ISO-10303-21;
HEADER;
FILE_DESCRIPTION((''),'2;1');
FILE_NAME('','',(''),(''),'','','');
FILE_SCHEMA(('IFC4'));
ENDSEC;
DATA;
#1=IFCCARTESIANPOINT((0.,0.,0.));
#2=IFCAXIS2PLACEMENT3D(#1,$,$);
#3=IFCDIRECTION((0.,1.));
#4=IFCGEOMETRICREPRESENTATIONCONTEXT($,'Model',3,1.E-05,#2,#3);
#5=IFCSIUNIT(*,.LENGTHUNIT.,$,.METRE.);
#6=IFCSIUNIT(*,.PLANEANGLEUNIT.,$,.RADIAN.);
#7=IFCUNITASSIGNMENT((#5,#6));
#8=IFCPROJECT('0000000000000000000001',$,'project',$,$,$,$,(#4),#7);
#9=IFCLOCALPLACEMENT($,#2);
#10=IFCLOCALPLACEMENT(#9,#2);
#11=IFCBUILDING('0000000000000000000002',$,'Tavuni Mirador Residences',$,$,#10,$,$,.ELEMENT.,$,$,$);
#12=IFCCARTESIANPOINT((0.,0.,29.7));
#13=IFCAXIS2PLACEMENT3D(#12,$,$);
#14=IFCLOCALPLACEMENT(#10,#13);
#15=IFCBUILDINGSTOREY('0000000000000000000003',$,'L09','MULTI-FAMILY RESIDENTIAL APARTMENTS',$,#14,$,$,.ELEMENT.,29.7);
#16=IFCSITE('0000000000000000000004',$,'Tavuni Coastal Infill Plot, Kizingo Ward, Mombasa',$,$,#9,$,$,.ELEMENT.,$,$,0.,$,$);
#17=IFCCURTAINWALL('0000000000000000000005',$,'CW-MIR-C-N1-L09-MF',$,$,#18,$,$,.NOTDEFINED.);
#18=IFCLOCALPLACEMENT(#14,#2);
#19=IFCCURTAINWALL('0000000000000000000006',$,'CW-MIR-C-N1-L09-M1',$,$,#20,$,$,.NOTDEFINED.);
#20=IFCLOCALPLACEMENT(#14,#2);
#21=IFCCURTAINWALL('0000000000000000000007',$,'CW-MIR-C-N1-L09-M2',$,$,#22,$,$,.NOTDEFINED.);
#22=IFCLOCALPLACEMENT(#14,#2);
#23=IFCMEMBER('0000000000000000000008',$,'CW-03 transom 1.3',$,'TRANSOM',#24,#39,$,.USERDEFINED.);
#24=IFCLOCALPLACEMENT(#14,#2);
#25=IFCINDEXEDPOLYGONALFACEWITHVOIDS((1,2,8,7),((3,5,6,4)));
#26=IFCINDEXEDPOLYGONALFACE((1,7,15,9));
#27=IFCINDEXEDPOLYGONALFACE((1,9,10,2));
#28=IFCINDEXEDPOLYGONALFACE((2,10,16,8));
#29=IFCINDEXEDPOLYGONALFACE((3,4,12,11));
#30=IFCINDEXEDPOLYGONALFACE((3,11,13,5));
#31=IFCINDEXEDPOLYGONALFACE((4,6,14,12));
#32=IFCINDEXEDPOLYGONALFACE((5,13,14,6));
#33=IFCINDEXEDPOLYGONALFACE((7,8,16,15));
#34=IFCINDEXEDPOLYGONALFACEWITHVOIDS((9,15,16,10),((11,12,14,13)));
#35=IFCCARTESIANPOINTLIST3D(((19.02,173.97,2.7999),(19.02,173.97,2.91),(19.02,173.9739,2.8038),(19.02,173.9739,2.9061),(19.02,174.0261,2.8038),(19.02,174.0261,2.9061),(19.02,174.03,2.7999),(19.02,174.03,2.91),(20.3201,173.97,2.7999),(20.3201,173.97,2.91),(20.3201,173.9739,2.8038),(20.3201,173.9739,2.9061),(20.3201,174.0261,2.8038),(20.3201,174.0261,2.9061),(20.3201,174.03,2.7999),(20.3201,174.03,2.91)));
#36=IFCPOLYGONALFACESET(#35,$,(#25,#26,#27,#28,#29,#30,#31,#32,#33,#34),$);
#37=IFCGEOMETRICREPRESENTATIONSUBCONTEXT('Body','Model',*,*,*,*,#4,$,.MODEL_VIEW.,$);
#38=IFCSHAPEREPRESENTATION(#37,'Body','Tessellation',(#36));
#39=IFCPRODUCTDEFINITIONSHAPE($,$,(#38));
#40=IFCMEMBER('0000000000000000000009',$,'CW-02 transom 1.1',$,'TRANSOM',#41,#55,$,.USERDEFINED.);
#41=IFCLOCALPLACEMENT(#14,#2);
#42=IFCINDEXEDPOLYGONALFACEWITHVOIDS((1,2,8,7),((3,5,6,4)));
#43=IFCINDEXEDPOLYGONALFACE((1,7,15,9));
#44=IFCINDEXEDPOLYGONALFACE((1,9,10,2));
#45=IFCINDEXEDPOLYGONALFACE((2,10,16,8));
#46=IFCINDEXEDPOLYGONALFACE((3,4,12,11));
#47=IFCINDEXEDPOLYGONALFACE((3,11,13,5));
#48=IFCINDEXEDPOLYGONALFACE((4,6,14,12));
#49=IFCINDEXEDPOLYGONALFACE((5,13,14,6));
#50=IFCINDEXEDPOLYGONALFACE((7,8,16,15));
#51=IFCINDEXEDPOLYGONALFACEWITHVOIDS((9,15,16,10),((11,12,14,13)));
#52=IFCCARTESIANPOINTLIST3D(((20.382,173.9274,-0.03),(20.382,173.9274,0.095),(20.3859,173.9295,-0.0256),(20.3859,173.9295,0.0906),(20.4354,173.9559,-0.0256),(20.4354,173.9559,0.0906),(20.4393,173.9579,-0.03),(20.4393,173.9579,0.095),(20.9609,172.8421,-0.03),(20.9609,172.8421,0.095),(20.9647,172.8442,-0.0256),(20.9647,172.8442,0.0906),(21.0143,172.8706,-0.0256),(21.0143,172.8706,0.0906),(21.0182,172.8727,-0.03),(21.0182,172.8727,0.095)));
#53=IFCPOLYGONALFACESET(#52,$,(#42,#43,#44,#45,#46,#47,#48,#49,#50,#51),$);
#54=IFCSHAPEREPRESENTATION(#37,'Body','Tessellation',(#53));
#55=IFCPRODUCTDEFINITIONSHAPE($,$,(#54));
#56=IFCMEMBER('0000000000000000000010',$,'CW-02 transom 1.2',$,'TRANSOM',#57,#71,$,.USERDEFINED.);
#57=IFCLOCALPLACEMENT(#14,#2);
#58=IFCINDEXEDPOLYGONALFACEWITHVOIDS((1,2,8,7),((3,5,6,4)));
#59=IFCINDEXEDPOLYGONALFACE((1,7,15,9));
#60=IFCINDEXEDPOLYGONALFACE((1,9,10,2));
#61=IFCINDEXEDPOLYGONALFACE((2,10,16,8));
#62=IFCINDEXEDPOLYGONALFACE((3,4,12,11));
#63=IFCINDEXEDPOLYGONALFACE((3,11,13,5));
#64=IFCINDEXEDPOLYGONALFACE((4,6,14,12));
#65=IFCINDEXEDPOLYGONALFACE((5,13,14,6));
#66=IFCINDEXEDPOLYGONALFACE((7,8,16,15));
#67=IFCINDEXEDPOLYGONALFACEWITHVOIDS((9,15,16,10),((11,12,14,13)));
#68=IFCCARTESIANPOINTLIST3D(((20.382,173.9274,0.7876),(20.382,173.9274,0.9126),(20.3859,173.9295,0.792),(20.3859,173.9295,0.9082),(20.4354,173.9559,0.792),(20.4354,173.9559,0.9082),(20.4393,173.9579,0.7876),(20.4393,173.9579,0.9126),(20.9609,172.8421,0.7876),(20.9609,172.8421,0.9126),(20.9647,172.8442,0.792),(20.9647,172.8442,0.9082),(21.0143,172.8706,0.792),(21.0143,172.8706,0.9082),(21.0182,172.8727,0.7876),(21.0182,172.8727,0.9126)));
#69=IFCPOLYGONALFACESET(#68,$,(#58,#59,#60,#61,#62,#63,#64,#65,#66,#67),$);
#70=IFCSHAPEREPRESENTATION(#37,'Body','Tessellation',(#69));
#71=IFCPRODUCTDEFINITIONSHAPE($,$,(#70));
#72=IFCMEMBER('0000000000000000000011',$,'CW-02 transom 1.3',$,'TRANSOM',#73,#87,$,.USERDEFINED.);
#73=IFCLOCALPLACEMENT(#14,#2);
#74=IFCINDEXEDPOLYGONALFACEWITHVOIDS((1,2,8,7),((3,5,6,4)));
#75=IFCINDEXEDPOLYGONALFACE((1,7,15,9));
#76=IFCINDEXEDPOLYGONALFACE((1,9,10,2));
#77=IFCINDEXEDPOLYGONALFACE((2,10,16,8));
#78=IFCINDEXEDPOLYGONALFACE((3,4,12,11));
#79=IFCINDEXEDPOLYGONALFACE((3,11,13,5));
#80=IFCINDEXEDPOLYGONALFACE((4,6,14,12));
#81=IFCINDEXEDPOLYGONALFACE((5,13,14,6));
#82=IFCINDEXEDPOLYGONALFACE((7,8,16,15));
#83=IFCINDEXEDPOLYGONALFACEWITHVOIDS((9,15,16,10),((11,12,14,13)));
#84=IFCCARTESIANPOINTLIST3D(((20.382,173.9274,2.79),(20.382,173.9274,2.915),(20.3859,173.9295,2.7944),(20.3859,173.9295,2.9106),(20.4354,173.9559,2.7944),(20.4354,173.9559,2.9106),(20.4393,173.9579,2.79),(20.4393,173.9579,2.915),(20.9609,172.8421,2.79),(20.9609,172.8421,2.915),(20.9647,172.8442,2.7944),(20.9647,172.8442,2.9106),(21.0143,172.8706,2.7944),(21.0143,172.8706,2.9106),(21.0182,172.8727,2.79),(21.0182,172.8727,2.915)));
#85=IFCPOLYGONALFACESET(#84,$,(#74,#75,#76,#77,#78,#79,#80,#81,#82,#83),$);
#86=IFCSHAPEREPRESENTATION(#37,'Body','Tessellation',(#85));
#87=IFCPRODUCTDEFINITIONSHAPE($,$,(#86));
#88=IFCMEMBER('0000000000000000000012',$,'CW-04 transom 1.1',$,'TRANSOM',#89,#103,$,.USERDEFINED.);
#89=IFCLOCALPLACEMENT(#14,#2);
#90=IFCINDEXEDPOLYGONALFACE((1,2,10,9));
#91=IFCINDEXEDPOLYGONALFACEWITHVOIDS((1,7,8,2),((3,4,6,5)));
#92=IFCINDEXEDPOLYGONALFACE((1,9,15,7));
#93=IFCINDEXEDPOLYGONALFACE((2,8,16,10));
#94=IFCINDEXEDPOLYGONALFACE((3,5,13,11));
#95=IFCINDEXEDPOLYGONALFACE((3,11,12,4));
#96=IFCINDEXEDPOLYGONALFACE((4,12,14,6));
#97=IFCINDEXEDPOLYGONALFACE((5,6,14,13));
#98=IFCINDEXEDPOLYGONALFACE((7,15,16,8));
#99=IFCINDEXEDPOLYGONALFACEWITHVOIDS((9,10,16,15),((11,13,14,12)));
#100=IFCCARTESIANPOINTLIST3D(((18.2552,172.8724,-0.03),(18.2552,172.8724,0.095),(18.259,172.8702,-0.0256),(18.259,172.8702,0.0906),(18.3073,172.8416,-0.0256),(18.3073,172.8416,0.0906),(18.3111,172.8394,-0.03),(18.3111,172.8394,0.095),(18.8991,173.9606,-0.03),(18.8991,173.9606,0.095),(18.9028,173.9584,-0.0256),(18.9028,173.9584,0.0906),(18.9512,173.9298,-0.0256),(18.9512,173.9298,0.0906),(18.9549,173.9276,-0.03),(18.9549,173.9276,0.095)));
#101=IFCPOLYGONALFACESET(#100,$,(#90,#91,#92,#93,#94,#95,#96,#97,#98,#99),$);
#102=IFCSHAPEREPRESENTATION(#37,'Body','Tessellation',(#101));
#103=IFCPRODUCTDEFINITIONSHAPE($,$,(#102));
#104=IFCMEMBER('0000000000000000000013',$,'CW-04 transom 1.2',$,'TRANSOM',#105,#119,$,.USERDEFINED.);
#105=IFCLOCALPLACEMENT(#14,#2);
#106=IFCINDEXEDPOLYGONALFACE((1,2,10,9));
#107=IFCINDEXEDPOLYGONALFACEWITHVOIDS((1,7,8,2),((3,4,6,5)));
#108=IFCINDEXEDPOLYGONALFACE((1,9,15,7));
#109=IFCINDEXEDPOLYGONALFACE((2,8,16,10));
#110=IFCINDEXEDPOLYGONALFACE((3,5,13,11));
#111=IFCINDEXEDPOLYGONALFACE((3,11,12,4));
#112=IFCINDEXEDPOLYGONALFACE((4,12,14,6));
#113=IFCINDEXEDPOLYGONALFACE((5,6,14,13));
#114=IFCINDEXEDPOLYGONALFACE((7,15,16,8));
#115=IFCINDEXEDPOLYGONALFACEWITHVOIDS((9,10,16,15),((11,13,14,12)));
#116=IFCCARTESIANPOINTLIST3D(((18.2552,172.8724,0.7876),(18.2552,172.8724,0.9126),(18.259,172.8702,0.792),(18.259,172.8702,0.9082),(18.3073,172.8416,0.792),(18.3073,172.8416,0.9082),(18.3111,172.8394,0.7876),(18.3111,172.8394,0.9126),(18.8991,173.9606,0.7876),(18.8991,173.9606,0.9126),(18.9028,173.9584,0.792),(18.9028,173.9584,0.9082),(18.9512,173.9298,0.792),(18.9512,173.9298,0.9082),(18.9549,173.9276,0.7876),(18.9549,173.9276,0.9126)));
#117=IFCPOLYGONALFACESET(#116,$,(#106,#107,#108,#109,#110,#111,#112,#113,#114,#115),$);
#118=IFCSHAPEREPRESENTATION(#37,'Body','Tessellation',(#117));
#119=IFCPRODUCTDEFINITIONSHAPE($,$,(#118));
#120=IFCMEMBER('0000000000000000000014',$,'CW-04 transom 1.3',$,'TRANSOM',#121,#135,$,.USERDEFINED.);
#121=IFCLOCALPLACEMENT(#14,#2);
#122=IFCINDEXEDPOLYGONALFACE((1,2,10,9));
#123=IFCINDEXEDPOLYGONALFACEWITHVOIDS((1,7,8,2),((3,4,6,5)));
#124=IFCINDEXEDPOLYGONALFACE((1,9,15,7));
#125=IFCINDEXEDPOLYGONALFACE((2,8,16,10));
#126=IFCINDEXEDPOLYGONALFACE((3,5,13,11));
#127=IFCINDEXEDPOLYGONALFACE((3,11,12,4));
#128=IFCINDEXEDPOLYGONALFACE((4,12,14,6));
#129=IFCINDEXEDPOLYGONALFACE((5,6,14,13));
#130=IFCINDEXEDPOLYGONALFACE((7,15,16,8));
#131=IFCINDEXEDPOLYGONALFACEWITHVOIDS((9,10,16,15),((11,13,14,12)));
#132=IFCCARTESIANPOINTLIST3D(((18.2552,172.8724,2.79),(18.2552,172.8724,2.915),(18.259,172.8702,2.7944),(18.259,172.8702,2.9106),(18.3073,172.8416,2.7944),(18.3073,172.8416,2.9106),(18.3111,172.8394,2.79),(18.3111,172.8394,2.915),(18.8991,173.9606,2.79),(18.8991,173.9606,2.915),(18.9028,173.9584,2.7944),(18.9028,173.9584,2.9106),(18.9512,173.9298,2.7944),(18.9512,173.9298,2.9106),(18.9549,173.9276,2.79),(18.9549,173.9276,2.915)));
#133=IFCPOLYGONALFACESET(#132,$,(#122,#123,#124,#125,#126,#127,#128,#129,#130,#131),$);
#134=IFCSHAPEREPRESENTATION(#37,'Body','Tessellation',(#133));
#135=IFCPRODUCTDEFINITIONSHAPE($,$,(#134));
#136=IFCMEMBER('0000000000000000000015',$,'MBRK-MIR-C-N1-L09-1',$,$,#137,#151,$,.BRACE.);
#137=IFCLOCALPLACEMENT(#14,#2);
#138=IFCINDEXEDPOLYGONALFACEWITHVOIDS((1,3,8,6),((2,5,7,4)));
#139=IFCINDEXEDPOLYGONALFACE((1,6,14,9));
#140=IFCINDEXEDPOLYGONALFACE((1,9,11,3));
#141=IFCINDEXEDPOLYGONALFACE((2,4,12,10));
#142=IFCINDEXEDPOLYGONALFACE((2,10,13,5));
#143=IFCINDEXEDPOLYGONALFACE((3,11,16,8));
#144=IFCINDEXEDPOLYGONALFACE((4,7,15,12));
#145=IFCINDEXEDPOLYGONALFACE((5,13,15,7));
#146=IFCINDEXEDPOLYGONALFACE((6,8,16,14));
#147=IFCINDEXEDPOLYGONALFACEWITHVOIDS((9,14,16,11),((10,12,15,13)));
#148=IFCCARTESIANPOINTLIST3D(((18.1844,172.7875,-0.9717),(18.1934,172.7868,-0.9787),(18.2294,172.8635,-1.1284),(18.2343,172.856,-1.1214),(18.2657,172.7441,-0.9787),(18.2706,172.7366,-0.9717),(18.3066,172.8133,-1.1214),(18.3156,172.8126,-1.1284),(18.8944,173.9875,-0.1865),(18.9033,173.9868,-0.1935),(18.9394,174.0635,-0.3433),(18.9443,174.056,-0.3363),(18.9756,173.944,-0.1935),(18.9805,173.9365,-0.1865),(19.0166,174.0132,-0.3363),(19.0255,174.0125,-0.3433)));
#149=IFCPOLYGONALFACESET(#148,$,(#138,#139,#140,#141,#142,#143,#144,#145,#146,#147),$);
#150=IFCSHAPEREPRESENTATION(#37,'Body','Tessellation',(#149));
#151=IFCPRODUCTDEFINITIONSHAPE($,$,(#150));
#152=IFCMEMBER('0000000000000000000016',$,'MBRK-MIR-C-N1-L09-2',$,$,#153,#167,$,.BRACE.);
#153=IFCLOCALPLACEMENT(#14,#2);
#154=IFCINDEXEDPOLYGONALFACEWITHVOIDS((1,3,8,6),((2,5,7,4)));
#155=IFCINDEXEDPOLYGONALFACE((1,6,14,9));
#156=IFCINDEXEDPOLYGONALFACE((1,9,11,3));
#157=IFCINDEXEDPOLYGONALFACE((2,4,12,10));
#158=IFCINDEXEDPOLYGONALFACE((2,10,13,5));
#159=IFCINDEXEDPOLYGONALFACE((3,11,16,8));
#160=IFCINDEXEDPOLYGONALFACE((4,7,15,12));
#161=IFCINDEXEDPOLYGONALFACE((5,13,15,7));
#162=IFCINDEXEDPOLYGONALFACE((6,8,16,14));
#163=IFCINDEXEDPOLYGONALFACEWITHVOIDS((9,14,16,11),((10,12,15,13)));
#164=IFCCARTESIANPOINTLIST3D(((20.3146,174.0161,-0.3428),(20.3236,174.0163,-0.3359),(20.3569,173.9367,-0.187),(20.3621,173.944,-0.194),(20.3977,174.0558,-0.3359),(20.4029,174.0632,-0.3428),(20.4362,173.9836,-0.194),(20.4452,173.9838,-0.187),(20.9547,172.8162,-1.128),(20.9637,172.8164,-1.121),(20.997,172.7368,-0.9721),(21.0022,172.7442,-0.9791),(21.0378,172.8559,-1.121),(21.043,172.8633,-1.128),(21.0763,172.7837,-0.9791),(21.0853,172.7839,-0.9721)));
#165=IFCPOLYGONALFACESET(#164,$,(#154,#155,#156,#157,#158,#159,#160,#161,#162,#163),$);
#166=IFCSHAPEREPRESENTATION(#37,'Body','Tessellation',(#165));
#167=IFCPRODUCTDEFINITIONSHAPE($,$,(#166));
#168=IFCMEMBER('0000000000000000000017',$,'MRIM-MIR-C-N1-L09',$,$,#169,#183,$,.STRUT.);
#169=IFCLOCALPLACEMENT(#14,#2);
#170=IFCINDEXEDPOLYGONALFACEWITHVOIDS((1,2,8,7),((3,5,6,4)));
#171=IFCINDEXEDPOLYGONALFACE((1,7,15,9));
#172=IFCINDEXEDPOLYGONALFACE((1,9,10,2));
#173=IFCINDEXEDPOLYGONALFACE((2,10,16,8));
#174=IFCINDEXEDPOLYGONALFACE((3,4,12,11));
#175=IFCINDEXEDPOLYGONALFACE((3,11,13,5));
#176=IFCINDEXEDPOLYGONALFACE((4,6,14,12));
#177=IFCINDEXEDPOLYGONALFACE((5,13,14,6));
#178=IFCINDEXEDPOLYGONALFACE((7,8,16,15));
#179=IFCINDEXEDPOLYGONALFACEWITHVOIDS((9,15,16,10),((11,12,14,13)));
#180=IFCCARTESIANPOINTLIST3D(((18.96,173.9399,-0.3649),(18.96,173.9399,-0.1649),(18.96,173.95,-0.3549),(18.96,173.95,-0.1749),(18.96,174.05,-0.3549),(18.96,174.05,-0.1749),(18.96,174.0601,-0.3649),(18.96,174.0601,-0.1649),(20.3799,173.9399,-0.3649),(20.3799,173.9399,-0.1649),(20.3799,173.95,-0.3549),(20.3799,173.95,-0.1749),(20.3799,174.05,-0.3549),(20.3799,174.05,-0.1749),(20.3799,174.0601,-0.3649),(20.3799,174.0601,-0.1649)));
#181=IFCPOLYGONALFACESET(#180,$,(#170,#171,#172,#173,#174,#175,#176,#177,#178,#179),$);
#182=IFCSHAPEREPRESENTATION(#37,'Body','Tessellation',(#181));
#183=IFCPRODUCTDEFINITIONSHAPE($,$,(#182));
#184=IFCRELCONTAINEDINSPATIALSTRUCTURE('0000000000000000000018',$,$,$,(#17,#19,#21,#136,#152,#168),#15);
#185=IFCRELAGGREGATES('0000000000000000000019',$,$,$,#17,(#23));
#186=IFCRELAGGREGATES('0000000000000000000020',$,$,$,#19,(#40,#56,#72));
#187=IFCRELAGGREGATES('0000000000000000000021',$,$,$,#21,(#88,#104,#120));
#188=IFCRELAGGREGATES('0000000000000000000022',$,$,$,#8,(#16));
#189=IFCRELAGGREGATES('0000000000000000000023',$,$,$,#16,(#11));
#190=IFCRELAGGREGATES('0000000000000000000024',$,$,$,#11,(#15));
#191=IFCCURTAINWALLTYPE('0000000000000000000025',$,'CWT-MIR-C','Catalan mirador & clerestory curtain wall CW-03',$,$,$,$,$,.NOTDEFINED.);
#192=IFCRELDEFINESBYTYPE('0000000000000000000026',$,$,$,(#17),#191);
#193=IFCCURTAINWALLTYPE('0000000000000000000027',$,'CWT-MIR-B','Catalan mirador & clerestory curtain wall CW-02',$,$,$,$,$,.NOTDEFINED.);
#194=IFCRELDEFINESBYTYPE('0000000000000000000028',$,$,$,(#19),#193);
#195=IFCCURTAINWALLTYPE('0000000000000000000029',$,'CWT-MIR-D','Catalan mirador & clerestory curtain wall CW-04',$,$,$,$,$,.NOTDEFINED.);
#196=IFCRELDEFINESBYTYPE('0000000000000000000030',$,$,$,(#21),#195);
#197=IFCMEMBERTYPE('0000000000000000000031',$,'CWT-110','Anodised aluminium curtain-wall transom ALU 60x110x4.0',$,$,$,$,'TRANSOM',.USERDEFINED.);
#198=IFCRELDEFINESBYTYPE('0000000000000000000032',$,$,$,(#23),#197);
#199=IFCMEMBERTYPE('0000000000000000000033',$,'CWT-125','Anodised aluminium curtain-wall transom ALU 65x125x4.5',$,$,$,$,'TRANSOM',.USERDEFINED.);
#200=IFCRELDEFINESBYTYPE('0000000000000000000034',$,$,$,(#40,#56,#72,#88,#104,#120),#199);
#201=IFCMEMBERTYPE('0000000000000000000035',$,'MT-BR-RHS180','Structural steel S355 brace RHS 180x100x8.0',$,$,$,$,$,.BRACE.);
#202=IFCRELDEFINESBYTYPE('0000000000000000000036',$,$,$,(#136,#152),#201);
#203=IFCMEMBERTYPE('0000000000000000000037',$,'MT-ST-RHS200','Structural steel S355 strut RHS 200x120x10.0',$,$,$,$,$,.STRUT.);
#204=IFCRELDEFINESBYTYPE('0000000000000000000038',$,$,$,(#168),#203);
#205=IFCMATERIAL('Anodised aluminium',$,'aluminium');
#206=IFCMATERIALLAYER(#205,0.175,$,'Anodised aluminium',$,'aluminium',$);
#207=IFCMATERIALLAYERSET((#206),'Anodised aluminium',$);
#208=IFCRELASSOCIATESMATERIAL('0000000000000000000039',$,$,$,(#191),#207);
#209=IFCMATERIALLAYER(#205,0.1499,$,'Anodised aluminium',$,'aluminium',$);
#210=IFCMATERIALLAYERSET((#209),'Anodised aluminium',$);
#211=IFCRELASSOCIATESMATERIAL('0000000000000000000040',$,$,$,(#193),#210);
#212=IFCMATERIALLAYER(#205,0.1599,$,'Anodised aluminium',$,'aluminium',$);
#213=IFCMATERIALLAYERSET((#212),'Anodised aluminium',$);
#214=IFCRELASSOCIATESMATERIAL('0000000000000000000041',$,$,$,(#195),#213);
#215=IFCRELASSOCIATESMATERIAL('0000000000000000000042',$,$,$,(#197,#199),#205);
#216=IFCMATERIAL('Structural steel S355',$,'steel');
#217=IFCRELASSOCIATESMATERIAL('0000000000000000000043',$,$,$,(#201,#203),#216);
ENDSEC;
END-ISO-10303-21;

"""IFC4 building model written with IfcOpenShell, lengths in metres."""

from ifc_helpers import new_model, si_unit, direction, frame, origin, origin_2d, place, context, subcontext, project, spatial, hollow_rectangle, extrude, material, layer, layer_set, material_profile, profile_set, type_object, element, aggregate, save


model = new_model("IFC4")

# Units and contexts
model_context = context("Model", 3, precision=1e-05, world=origin(), true_north=direction((0.0, 1.0)))
body_context = subcontext(model_context, "Body", "Model", "MODEL_VIEW")
ifc_project = project(units=[si_unit("LENGTHUNIT", "METRE"), si_unit("PLANEANGLEUNIT", "RADIAN")], contexts=[model_context])

# Site, building, storey
site_placement = place(None, origin())
site = spatial("IfcSite", under=ifc_project, at=site_placement, Name="Tavuni Coastal Infill Plot, Kizingo Ward, Mombasa", CompositionType="ELEMENT", RefElevation=0.0)
building_placement = place(site_placement, origin())
building = spatial("IfcBuilding", under=site, at=building_placement, Name="Tavuni Mirador Residences", CompositionType="ELEMENT")
storey_placement = place(building_placement, frame((0.0, 0.0, 29.7)))
storey = spatial("IfcBuildingStorey", under=building, at=storey_placement, Name="L09", Description="MULTI-FAMILY RESIDENTIAL APARTMENTS", CompositionType="ELEMENT", Elevation=29.7)

# Curtain walls
ifc_material_1 = material(Name="Anodised aluminium", Category="aluminium")
ifc_layer_1 = layer(ifc_material_1, 0.175, Name="Anodised aluminium", Category="aluminium")
ifc_layer_set_1 = layer_set([ifc_layer_1], Name="Anodised aluminium")
curtain_wall_type_1 = type_object("IfcCurtainWallType", Name="CWT-MIR-C", Description="Catalan mirador & clerestory curtain wall CW-03", PredefinedType="NOTDEFINED", material=ifc_layer_set_1)
curtain_wall_1_placement = place(storey_placement, origin())
curtain_wall_1 = element("IfcCurtainWall", 1, at=curtain_wall_1_placement, inside=storey, type_object=curtain_wall_type_1, Name="CW-MIR-C-N1-L09-MF", PredefinedType="NOTDEFINED")
ifc_layer_2 = layer(ifc_material_1, 0.1499, Name="Anodised aluminium", Category="aluminium")
ifc_layer_set_2 = layer_set([ifc_layer_2], Name="Anodised aluminium")
curtain_wall_type_2 = type_object("IfcCurtainWallType", Name="CWT-MIR-B", Description="Catalan mirador & clerestory curtain wall CW-02", PredefinedType="NOTDEFINED", material=ifc_layer_set_2)
curtain_wall_2_placement = place(storey_placement, origin())
curtain_wall_2 = element("IfcCurtainWall", 2, at=curtain_wall_2_placement, inside=storey, type_object=curtain_wall_type_2, Name="CW-MIR-C-N1-L09-M1", PredefinedType="NOTDEFINED")
ifc_layer_3 = layer(ifc_material_1, 0.1599, Name="Anodised aluminium", Category="aluminium")
ifc_layer_set_3 = layer_set([ifc_layer_3], Name="Anodised aluminium")
curtain_wall_type_3 = type_object("IfcCurtainWallType", Name="CWT-MIR-D", Description="Catalan mirador & clerestory curtain wall CW-04", PredefinedType="NOTDEFINED", material=ifc_layer_set_3)
curtain_wall_3_placement = place(storey_placement, origin())
curtain_wall_3 = element("IfcCurtainWall", 3, at=curtain_wall_3_placement, inside=storey, type_object=curtain_wall_type_3, Name="CW-MIR-C-N1-L09-M2", PredefinedType="NOTDEFINED")

# Members
ifc_material_profile_1 = material_profile(ifc_material_1, hollow_rectangle(XDim=0.0601, YDim=0.1101, WallThickness=0.0039, at=origin_2d()), Name="ALU 60x110x4.0", Category="aluminium")
ifc_profile_set_1 = profile_set([ifc_material_profile_1], Name="Anodised aluminium")
member_type_1 = type_object("IfcMemberType", Name="CWT-110", Description="Anodised aluminium curtain-wall transom ALU 60x110x4.0", ElementType="TRANSOM", PredefinedType="USERDEFINED", material=ifc_profile_set_1)
member_1_placement = place(storey_placement, frame((20.3201, 174.0, 2.855), z_axis=(-1.0, 0.0, 0.0), x_axis=(0.0, -1.0, 0.0)))
member_1 = element("IfcMember", 4, at=member_1_placement, type_object=member_type_1, Name="CW-03 transom 1.3", ObjectType="TRANSOM", PredefinedType="USERDEFINED", context=body_context, shape_type="SweptSolid", body=[
    extrude(hollow_rectangle(XDim=0.0601, YDim=0.1101, WallThickness=0.0039, at=origin_2d()), origin(), (0.0, 0.0, 1.0), 1.3),
])
ifc_material_profile_2 = material_profile(ifc_material_1, hollow_rectangle(XDim=0.0649, YDim=0.125, WallThickness=0.0044, at=origin_2d()), Name="ALU 65x125x4.5", Category="aluminium")
ifc_profile_set_2 = profile_set([ifc_material_profile_2], Name="Anodised aluminium")
member_type_2 = type_object("IfcMemberType", Name="CWT-125", Description="Anodised aluminium curtain-wall transom ALU 65x125x4.5", ElementType="TRANSOM", PredefinedType="USERDEFINED", material=ifc_profile_set_2)
member_2_placement = place(storey_placement, frame((20.9895, 172.8574, 0.0325), z_axis=(-0.47064, 0.882325, 0.0), x_axis=(-0.882325, -0.47064, 0.0)))
member_2 = element("IfcMember", 5, at=member_2_placement, type_object=member_type_2, Name="CW-02 transom 1.1", ObjectType="TRANSOM", PredefinedType="USERDEFINED", context=body_context, shape_type="SweptSolid", body=[
    extrude(hollow_rectangle(XDim=0.0649, YDim=0.125, WallThickness=0.0044, at=origin_2d()), origin(), (0.0, 0.0, 1.0), 1.23),
])
member_3_placement = place(storey_placement, frame((20.9895, 172.8574, 0.8501), z_axis=(-0.47064, 0.882325, 0.0), x_axis=(-0.882325, -0.47064, 0.0)))
member_3 = element("IfcMember", 6, at=member_3_placement, type_object=member_type_2, Name="CW-02 transom 1.2", ObjectType="TRANSOM", PredefinedType="USERDEFINED", context=body_context, shape_type="SweptSolid", body=[
    extrude(hollow_rectangle(XDim=0.0649, YDim=0.125, WallThickness=0.0044, at=origin_2d()), origin(), (0.0, 0.0, 1.0), 1.23),
])
member_4_placement = place(storey_placement, frame((20.9895, 172.8574, 2.8525), z_axis=(-0.47064, 0.882325, 0.0), x_axis=(-0.882325, -0.47064, 0.0)))
member_4 = element("IfcMember", 7, at=member_4_placement, type_object=member_type_2, Name="CW-02 transom 1.3", ObjectType="TRANSOM", PredefinedType="USERDEFINED", context=body_context, shape_type="SweptSolid", body=[
    extrude(hollow_rectangle(XDim=0.0649, YDim=0.125, WallThickness=0.0044, at=origin_2d()), origin(), (0.0, 0.0, 1.0), 1.23),
])
member_5_placement = place(storey_placement, frame((18.927, 173.9441, 0.0325), z_axis=(-0.509204, -0.860646, 0.0), x_axis=(0.860646, -0.509204, 0.0)))
member_5 = element("IfcMember", 8, at=member_5_placement, type_object=member_type_2, Name="CW-04 transom 1.1", ObjectType="TRANSOM", PredefinedType="USERDEFINED", context=body_context, shape_type="SweptSolid", body=[
    extrude(hollow_rectangle(XDim=0.0649, YDim=0.125, WallThickness=0.0044, at=origin_2d()), origin(), (0.0, 0.0, 1.0), 1.2644),
])
member_6_placement = place(storey_placement, frame((18.927, 173.9441, 0.8501), z_axis=(-0.509204, -0.860646, 0.0), x_axis=(0.860646, -0.509204, 0.0)))
member_6 = element("IfcMember", 9, at=member_6_placement, type_object=member_type_2, Name="CW-04 transom 1.2", ObjectType="TRANSOM", PredefinedType="USERDEFINED", context=body_context, shape_type="SweptSolid", body=[
    extrude(hollow_rectangle(XDim=0.0649, YDim=0.125, WallThickness=0.0044, at=origin_2d()), origin(), (0.0, 0.0, 1.0), 1.2644),
])
member_7_placement = place(storey_placement, frame((18.927, 173.9441, 2.8525), z_axis=(-0.509204, -0.860646, 0.0), x_axis=(0.860646, -0.509204, 0.0)))
member_7 = element("IfcMember", 10, at=member_7_placement, type_object=member_type_2, Name="CW-04 transom 1.3", ObjectType="TRANSOM", PredefinedType="USERDEFINED", context=body_context, shape_type="SweptSolid", body=[
    extrude(hollow_rectangle(XDim=0.0649, YDim=0.125, WallThickness=0.0044, at=origin_2d()), origin(), (0.0, 0.0, 1.0), 1.2644),
])

# Members
ifc_material_2 = material(Name="Structural steel S355", Category="steel")
ifc_material_profile_3 = material_profile(ifc_material_2, hollow_rectangle(XDim=0.1001, YDim=0.1799, WallThickness=0.0081, at=origin_2d()), Name="RHS 180x100x8.0", Category="steel")
ifc_profile_set_3 = profile_set([ifc_material_profile_3], Name="Structural steel S355")
member_type_3 = type_object("IfcMemberType", Name="MT-BR-RHS180", Description="Structural steel S355 brace RHS 180x100x8.0", PredefinedType="BRACE", material=ifc_profile_set_3)
member_8_placement = place(storey_placement, frame((18.25, 172.8, -1.05), z_axis=(0.443691, 0.749911, 0.490685), x_axis=(-0.860644, 0.509207, 0.0)))
element("IfcMember", 11, at=member_8_placement, inside=storey, type_object=member_type_3, Name="MBRK-MIR-C-N1-L09-1", PredefinedType="BRACE", context=body_context, shape_type="SweptSolid", body=[
    extrude(hollow_rectangle(XDim=0.1001, YDim=0.1799, WallThickness=0.0081, at=origin_2d()), origin(), (0.0, 0.0, 1.0), 1.6001),
])
member_9_placement = place(storey_placement, frame((21.02, 172.8, -1.05), z_axis=(-0.407629, 0.76411, 0.499975), x_axis=(-0.882303, -0.470681, 0.0)))
element("IfcMember", 12, at=member_9_placement, inside=storey, type_object=member_type_3, Name="MBRK-MIR-C-N1-L09-2", PredefinedType="BRACE", context=body_context, shape_type="SweptSolid", body=[
    extrude(hollow_rectangle(XDim=0.1001, YDim=0.1799, WallThickness=0.0081, at=origin_2d()), origin(), (0.0, 0.0, 1.0), 1.5703),
])
ifc_material_profile_4 = material_profile(ifc_material_2, hollow_rectangle(XDim=0.1201, YDim=0.2, WallThickness=0.01, at=origin_2d()), Name="RHS 200x120x10.0", Category="steel")
ifc_profile_set_4 = profile_set([ifc_material_profile_4], Name="Structural steel S355")
member_type_4 = type_object("IfcMemberType", Name="MT-ST-RHS200", Description="Structural steel S355 strut RHS 200x120x10.0", PredefinedType="STRUT", material=ifc_profile_set_4)
member_10_placement = place(storey_placement, frame((18.96, 174.0, -0.2649), z_axis=(1.0, 0.0, 0.0), x_axis=(0.0, 1.0, 0.0)))
element("IfcMember", 13, at=member_10_placement, inside=storey, type_object=member_type_4, Name="MRIM-MIR-C-N1-L09", PredefinedType="STRUT", context=body_context, shape_type="SweptSolid", body=[
    extrude(hollow_rectangle(XDim=0.1201, YDim=0.2, WallThickness=0.01, at=origin_2d()), origin(), (0.0, 0.0, 1.0), 1.4199),
])

aggregate(curtain_wall_1, [member_1])
aggregate(curtain_wall_2, [member_2, member_3, member_4])
aggregate(curtain_wall_3, [member_5, member_6, member_7])

save(model, "model.ifc")
